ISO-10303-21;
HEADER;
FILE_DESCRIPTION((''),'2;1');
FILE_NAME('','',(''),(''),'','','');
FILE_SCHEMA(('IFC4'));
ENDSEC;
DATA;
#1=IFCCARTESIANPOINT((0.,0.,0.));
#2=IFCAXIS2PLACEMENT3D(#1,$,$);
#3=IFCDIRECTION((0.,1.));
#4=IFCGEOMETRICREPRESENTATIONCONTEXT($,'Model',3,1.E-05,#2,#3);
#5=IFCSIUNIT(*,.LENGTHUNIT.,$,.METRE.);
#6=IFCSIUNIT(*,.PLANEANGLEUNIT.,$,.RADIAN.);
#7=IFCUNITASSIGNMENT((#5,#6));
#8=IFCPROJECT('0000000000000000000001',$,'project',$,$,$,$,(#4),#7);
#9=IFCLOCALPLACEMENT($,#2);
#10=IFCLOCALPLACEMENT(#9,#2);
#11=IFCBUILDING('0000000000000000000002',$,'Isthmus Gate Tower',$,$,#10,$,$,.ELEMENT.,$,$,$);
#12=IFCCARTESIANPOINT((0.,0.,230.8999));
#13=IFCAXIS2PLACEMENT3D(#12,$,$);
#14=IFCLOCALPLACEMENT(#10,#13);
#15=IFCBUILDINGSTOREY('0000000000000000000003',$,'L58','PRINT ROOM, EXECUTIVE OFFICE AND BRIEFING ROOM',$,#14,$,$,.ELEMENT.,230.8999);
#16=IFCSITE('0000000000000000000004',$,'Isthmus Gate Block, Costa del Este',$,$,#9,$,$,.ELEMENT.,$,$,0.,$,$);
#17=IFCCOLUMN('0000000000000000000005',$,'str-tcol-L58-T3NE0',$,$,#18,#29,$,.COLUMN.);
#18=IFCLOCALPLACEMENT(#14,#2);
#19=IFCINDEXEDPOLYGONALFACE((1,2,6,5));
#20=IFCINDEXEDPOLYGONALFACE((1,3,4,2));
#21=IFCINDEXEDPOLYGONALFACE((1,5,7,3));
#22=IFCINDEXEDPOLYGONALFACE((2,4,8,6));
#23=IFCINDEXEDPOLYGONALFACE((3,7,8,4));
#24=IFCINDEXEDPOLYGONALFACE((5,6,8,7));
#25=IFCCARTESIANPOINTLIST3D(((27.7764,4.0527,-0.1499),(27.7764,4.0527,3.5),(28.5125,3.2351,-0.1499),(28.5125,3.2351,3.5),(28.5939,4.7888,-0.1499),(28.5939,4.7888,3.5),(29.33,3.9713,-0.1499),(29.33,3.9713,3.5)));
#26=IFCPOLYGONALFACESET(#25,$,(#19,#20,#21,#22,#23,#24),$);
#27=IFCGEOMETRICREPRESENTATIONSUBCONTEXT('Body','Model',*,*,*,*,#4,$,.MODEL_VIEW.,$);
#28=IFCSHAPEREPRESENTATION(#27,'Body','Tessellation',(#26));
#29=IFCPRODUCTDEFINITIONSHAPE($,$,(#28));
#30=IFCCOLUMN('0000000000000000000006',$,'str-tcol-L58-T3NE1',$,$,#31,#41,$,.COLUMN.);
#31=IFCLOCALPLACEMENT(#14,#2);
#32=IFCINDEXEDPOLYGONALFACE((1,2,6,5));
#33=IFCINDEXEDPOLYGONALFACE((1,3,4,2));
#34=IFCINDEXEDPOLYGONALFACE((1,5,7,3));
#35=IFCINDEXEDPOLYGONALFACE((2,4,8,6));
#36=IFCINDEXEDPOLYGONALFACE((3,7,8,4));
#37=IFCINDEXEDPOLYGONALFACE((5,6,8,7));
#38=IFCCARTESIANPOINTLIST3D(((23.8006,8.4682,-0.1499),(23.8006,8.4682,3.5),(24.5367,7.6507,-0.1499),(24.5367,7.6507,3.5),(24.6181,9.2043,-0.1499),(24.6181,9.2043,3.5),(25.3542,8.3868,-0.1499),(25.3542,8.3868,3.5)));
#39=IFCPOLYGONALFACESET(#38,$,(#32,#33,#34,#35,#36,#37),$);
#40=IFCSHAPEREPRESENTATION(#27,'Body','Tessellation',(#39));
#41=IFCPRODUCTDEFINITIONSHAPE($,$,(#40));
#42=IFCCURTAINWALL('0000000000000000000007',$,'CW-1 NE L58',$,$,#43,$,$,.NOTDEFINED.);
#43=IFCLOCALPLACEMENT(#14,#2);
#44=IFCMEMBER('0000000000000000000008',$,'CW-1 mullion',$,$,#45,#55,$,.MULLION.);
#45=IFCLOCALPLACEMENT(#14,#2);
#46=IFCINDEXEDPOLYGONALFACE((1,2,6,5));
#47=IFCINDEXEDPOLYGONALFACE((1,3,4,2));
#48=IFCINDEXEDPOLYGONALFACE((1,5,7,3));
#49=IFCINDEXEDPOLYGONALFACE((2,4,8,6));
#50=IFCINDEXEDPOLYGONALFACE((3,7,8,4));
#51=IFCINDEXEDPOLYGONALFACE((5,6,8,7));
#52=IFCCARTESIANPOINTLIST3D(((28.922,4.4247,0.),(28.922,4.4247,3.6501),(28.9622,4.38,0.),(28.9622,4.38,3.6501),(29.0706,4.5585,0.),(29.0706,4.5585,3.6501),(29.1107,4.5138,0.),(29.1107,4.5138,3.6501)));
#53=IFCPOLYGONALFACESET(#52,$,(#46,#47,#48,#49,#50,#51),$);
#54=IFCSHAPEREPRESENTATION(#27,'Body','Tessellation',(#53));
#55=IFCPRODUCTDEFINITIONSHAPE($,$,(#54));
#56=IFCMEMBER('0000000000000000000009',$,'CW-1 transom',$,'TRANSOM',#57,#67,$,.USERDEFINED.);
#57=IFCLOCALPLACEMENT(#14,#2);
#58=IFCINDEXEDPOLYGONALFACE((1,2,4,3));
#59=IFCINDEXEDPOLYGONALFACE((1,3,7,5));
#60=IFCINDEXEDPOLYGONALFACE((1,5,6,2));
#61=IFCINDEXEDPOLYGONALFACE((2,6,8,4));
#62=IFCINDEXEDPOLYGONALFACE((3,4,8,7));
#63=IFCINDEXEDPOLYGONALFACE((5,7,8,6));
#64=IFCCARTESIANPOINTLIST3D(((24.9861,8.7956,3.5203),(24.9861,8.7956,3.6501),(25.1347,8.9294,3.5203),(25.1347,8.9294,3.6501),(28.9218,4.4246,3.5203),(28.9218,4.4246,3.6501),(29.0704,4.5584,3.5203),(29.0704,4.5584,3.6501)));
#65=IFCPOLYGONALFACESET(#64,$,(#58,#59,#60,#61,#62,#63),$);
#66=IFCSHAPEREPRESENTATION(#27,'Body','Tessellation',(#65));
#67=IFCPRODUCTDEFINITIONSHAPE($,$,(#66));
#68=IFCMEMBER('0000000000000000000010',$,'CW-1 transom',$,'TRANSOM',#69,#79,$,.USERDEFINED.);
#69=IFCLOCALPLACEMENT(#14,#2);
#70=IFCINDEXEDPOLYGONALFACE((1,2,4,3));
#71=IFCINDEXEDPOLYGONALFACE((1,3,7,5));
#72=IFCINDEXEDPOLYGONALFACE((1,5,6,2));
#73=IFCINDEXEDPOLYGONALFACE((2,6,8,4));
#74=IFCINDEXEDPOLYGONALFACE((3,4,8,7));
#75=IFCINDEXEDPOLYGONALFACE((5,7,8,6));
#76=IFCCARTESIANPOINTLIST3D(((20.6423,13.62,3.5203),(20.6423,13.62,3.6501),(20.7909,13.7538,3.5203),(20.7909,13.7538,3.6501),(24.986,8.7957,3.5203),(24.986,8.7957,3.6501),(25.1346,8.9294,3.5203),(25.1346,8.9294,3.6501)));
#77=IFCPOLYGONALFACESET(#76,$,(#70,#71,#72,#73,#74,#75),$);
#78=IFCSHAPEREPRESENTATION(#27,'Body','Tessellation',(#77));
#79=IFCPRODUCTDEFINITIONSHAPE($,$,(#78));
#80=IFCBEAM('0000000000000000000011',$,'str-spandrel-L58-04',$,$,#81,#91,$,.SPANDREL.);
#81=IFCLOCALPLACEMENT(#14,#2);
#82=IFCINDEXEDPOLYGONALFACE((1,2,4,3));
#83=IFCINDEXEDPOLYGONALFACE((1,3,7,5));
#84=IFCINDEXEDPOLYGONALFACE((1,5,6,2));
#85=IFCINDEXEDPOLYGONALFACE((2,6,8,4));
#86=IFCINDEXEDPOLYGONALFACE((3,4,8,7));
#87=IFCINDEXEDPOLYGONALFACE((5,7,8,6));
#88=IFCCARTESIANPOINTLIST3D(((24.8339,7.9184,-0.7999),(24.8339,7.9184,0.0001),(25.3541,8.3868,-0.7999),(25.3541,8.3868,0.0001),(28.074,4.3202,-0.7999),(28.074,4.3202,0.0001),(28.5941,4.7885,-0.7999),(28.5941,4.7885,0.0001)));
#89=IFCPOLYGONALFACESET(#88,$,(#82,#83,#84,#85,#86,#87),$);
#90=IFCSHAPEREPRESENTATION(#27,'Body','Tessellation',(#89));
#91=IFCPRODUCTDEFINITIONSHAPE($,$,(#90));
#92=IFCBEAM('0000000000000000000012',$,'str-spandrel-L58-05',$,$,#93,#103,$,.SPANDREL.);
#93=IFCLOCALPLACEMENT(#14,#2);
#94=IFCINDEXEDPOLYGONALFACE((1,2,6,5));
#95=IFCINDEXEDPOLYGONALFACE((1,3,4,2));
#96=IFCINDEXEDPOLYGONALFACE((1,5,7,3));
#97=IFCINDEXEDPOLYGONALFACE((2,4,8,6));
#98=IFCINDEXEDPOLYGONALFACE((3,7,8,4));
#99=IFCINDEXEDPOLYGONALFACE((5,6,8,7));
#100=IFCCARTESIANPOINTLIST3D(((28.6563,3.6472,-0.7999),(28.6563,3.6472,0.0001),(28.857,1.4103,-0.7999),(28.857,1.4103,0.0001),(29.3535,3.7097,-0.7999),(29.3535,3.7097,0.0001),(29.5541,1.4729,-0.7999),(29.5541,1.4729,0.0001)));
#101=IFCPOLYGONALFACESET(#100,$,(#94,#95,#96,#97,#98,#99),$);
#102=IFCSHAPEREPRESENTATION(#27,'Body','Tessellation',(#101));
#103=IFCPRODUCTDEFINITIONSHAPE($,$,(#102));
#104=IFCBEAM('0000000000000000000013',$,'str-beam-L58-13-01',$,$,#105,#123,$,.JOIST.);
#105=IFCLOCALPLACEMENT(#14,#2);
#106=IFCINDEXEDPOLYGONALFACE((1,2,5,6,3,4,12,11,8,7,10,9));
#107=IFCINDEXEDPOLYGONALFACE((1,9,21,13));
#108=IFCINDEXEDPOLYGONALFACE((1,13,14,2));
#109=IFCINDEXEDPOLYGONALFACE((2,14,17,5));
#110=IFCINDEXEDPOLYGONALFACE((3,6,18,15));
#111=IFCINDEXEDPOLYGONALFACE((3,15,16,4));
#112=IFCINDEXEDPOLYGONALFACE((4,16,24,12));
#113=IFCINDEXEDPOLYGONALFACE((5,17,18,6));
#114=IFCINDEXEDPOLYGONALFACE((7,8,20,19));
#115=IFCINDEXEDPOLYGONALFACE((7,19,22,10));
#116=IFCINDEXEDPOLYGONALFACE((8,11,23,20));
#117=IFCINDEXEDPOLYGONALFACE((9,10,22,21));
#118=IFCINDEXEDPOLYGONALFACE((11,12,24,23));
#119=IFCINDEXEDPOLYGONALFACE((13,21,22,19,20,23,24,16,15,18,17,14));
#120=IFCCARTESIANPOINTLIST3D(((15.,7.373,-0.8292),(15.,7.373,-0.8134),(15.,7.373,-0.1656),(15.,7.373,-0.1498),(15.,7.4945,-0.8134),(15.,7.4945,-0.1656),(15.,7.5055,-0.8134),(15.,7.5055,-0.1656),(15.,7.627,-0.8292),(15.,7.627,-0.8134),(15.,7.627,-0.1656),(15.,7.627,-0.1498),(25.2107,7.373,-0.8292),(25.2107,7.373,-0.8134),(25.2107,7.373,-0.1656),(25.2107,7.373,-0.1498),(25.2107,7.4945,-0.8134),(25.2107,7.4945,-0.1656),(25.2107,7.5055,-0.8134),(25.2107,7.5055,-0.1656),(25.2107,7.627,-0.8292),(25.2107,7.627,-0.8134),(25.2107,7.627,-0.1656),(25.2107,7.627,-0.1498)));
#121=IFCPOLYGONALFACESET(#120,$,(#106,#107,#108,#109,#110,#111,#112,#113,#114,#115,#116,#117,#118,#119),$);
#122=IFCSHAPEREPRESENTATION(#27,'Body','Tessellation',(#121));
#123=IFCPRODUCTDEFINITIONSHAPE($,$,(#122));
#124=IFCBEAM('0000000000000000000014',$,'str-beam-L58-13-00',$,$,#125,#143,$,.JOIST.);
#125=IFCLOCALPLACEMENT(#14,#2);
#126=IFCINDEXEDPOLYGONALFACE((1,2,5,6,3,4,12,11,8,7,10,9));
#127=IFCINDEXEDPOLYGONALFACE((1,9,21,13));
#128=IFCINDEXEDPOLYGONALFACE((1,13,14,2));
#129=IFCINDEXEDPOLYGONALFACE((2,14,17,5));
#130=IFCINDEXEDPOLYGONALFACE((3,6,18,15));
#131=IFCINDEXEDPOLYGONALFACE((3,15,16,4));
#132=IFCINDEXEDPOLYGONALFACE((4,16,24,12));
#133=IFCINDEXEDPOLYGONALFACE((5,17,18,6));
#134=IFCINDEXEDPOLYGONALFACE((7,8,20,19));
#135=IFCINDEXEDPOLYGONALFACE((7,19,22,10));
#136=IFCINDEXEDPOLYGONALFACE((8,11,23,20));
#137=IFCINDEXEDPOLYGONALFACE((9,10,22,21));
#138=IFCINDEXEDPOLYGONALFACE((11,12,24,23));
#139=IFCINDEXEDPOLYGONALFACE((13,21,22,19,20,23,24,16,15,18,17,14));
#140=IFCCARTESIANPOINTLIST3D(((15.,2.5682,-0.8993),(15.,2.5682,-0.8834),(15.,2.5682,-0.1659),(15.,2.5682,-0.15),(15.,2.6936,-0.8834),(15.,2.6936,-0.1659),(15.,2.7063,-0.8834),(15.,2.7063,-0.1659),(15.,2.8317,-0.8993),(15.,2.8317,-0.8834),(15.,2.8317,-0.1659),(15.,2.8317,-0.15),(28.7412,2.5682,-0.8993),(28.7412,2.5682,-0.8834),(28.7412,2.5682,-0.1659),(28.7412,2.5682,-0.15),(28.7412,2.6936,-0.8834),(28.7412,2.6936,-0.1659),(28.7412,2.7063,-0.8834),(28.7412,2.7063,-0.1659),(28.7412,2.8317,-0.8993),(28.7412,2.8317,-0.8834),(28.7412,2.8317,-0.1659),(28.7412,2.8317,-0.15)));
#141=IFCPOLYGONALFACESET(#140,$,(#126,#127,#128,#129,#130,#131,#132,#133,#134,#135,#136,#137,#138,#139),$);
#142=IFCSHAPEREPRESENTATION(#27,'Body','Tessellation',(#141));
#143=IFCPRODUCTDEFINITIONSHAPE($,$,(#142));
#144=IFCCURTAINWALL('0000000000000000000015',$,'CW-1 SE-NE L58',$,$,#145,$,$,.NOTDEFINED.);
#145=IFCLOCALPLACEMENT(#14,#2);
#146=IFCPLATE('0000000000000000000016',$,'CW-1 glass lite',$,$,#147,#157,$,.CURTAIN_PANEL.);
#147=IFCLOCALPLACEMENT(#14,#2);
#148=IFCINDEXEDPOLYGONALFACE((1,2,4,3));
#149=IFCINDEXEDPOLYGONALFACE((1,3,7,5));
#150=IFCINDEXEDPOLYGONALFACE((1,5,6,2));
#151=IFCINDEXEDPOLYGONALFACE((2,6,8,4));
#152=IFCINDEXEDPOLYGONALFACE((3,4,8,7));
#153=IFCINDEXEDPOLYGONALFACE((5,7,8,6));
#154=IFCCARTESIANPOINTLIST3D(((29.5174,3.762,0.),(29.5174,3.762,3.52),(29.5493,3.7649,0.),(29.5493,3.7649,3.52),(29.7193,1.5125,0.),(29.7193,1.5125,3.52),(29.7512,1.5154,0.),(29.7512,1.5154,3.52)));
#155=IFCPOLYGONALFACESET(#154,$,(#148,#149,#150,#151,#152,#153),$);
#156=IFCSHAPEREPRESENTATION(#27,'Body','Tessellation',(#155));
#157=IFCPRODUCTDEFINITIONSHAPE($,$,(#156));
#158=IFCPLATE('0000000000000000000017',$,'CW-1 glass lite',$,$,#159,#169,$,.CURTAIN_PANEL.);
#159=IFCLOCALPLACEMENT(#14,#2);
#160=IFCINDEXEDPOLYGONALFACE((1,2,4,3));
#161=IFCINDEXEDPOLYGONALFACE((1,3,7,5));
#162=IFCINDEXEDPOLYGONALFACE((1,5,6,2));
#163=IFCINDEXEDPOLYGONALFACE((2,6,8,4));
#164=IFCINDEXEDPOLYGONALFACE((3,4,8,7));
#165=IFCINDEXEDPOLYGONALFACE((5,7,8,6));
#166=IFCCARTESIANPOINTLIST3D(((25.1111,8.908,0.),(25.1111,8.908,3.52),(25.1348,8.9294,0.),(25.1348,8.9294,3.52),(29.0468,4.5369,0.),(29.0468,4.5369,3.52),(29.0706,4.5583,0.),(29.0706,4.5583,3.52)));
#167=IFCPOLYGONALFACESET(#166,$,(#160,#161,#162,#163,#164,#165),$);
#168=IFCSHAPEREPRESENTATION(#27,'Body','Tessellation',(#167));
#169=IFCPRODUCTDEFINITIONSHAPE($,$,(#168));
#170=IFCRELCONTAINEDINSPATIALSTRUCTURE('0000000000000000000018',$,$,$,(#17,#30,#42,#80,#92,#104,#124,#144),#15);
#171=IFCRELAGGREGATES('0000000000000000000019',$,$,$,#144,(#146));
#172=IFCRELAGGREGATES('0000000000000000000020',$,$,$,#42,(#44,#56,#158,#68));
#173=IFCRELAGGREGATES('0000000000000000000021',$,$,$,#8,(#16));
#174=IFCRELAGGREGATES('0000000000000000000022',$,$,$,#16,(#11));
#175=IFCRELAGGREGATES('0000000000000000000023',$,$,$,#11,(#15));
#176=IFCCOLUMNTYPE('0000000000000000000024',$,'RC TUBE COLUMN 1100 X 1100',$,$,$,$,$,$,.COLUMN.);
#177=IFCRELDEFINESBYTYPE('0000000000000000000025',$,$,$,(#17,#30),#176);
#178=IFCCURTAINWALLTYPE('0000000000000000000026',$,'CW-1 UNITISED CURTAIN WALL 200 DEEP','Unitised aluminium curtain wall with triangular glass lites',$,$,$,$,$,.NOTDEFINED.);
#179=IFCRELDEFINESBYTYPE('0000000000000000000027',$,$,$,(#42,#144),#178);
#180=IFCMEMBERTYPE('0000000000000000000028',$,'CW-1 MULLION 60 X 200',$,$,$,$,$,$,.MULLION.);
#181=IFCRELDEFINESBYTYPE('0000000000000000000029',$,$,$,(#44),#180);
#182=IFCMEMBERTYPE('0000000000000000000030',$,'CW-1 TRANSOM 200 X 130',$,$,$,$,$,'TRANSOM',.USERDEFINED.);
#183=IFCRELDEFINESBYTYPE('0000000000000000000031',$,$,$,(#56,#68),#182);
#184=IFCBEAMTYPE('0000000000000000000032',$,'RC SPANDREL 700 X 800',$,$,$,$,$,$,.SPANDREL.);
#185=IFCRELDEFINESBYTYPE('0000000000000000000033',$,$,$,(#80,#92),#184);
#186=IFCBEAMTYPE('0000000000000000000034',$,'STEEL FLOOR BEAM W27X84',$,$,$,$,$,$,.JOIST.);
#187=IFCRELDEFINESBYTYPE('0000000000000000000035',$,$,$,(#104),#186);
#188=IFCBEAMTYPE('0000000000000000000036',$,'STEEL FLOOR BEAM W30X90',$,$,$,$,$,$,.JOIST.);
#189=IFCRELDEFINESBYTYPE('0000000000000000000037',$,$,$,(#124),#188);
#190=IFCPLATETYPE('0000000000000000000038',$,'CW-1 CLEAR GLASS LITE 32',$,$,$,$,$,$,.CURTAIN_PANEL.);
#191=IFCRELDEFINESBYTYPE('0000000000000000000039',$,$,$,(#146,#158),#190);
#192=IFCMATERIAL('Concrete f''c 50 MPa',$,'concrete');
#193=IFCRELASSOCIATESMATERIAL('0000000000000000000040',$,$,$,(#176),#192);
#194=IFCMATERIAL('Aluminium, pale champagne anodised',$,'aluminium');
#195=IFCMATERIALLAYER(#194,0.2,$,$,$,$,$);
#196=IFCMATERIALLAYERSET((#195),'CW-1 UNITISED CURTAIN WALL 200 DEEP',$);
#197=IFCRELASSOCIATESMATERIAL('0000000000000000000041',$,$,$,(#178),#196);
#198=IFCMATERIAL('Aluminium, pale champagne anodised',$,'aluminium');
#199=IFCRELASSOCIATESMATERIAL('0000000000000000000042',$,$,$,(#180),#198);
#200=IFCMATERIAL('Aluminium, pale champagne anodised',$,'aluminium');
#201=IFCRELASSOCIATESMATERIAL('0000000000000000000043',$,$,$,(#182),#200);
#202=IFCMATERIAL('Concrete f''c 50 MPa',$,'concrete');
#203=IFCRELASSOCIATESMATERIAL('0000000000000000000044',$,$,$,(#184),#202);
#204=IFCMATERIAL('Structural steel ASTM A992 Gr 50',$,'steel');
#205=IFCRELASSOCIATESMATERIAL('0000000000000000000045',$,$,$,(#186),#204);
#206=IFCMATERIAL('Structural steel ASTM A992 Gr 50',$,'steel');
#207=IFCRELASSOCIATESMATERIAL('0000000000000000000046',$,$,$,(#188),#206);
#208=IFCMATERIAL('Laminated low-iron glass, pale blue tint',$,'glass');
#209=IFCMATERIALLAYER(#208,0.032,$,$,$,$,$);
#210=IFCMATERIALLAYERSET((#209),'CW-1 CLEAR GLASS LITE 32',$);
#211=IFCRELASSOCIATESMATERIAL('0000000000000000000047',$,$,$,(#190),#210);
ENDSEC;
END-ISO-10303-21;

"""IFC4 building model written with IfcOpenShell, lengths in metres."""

from ifc_helpers import new_model, si_unit, direction, frame, origin, origin_2d, place, context, subcontext, project, spatial, rectangle, i_section, extrude, material, layer, layer_set, material_profile, profile_set, type_object, element, aggregate, save


model = new_model("IFC4")

# Units and contexts
model_context = context("Model", 3, precision=1e-05, world=origin(), true_north=direction((0.0, 1.0)))
body_context = subcontext(model_context, "Body", "Model", "MODEL_VIEW")
ifc_project = project(units=[si_unit("LENGTHUNIT", "METRE"), si_unit("PLANEANGLEUNIT", "RADIAN")], contexts=[model_context])

# Site, building, storey
site_placement = place(None, origin())
site = spatial("IfcSite", under=ifc_project, at=site_placement, Name="Isthmus Gate Block, Costa del Este", CompositionType="ELEMENT", RefElevation=0.0)
building_placement = place(site_placement, origin())
building = spatial("IfcBuilding", under=site, at=building_placement, Name="Isthmus Gate Tower", CompositionType="ELEMENT")
storey_placement = place(building_placement, frame((0.0, 0.0, 230.8999)))
storey = spatial("IfcBuildingStorey", under=building, at=storey_placement, Name="L58", Description="PRINT ROOM, EXECUTIVE OFFICE AND BRIEFING ROOM", CompositionType="ELEMENT", Elevation=230.8999)

# Columns
ifc_material_1 = material(Name="Concrete f'c 50 MPa", Category="concrete")
ifc_material_profile_1 = material_profile(ifc_material_1, rectangle(XDim=1.1001, YDim=1.1001, at=origin_2d()), Name="RC 1100X1100")
ifc_profile_set_1 = profile_set([ifc_material_profile_1], Name="Concrete f'c 50 MPa")
column_type = type_object("IfcColumnType", Name="RC TUBE COLUMN 1100 X 1100", PredefinedType="COLUMN", material=ifc_profile_set_1)
for number, where, z_axis, x_axis, name in (
    (1, (28.5532, 4.012, -0.1499), (0.0, 0.0, 1.0), (-0.669131, 0.743145, 0.0), "str-tcol-L58-T3NE0"),
    (2, (24.5774, 8.4275, -0.1499), (0.0, 0.0, 1.0), (-0.669131, 0.743145, 0.0), "str-tcol-L58-T3NE1"),
):
    element("IfcColumn", number, at=place(storey_placement, frame(where, z_axis=z_axis, x_axis=x_axis)), inside=storey, type_object=column_type, Name=name, PredefinedType="COLUMN", context=body_context, shape_type="SweptSolid", body=[
        extrude(rectangle(XDim=1.1001, YDim=1.1001, at=origin_2d()), origin(), (0.0, 0.0, 1.0), 3.6499),
    ])

# Curtain wall, members
ifc_material_2 = material(Name="Aluminium, pale champagne anodised", Category="aluminium")
ifc_layer_1 = layer(ifc_material_2, 0.2)
ifc_layer_set_1 = layer_set([ifc_layer_1], Name="CW-1 UNITISED CURTAIN WALL 200 DEEP")
curtain_wall_type = type_object("IfcCurtainWallType", Name="CW-1 UNITISED CURTAIN WALL 200 DEEP", Description="Unitised aluminium curtain wall with triangular glass lites", PredefinedType="NOTDEFINED", material=ifc_layer_set_1)
curtain_wall_1_placement = place(storey_placement, origin())
curtain_wall_1 = element("IfcCurtainWall", 3, at=curtain_wall_1_placement, inside=storey, type_object=curtain_wall_type, Name="CW-1 NE L58", PredefinedType="NOTDEFINED")
ifc_material_3 = material(Name="Aluminium, pale champagne anodised", Category="aluminium")
ifc_material_profile_2 = material_profile(ifc_material_3, rectangle(XDim=0.0601, YDim=0.2, at=origin_2d()), Name="60x200")
ifc_profile_set_2 = profile_set([ifc_material_profile_2], Name="Aluminium, pale champagne anodised")
member_type_1 = type_object("IfcMemberType", Name="CW-1 MULLION 60 X 200", PredefinedType="MULLION", material=ifc_profile_set_2)
member_1_placement = place(storey_placement, frame((29.0164, 4.4692, 0.0), z_axis=(0.0, 0.0, 1.0), x_axis=(-0.669131, 0.743145, 0.0)))
member_1 = element("IfcMember", 4, at=member_1_placement, type_object=member_type_1, Name="CW-1 mullion", PredefinedType="MULLION", context=body_context, shape_type="SweptSolid", body=[
    extrude(rectangle(XDim=0.0601, YDim=0.2, at=origin_2d()), origin(), (0.0, 0.0, 1.0), 3.6501),
])
ifc_material_4 = material(Name="Aluminium, pale champagne anodised", Category="aluminium")
ifc_material_profile_3 = material_profile(ifc_material_4, rectangle(XDim=0.2, YDim=0.1299, at=origin_2d()), Name="200x130")
ifc_profile_set_3 = profile_set([ifc_material_profile_3], Name="Aluminium, pale champagne anodised")
member_type_2 = type_object("IfcMemberType", Name="CW-1 TRANSOM 200 X 130", ElementType="TRANSOM", PredefinedType="USERDEFINED", material=ifc_profile_set_3)
member_2_placement = place(storey_placement, frame((28.9961, 4.4915, 3.5852), z_axis=(-0.669134, 0.743141, 0.0), x_axis=(-0.743141, -0.669134, 0.0)))
member_2 = element("IfcMember", 5, at=member_2_placement, type_object=member_type_2, Name="CW-1 transom", ObjectType="TRANSOM", PredefinedType="USERDEFINED", context=body_context, shape_type="SweptSolid", body=[
    extrude(rectangle(XDim=0.2, YDim=0.1299, at=origin_2d()), origin(), (0.0, 0.0, 1.0), 5.8818),
])
member_3_placement = place(storey_placement, frame((25.0603, 8.8625, 3.5852), z_axis=(-0.669112, 0.743161, 0.0), x_axis=(-0.743161, -0.669112, 0.0)))
member_3 = element("IfcMember", 6, at=member_3_placement, type_object=member_type_2, Name="CW-1 transom", ObjectType="TRANSOM", PredefinedType="USERDEFINED", context=body_context, shape_type="SweptSolid", body=[
    extrude(rectangle(XDim=0.2, YDim=0.1299, at=origin_2d()), origin(), (0.0, 0.0, 1.0), 6.4917),
])

# Beams
ifc_material_5 = material(Name="Concrete f'c 50 MPa", Category="concrete")
ifc_material_profile_4 = material_profile(ifc_material_5, rectangle(XDim=0.7, YDim=0.8, at=origin_2d()), Name="RC 700X800")
ifc_profile_set_4 = profile_set([ifc_material_profile_4], Name="Concrete f'c 50 MPa")
beam_type_1 = type_object("IfcBeamType", Name="RC SPANDREL 700 X 800", PredefinedType="SPANDREL", material=ifc_profile_set_4)
beam_1_placement = place(storey_placement, frame((25.094, 8.1526, -0.3999), z_axis=(0.669154, -0.743124, 0.0), x_axis=(0.743124, 0.669154, 0.0)))
element("IfcBeam", 7, at=beam_1_placement, inside=storey, type_object=beam_type_1, Name="str-spandrel-L58-04", PredefinedType="SPANDREL", context=body_context, shape_type="SweptSolid", body=[
    extrude(rectangle(XDim=0.7, YDim=0.8, at=origin_2d()), origin(), (0.0, 0.0, 1.0), 4.842),
])
beam_2_placement = place(storey_placement, frame((29.0049, 3.6785, -0.3999), z_axis=(0.089359, -0.995999, 0.0), x_axis=(0.995999, 0.089359, 0.0)))
element("IfcBeam", 8, at=beam_2_placement, inside=storey, type_object=beam_type_1, Name="str-spandrel-L58-05", PredefinedType="SPANDREL", context=body_context, shape_type="SweptSolid", body=[
    extrude(rectangle(XDim=0.7, YDim=0.8, at=origin_2d()), origin(), (0.0, 0.0, 1.0), 2.2458),
])
ifc_material_6 = material(Name="Structural steel ASTM A992 Gr 50", Category="steel")
ifc_material_profile_5 = material_profile(ifc_material_6, i_section(OverallWidth=0.2539, OverallDepth=0.6794, WebThickness=0.011, FlangeThickness=0.0159, at=origin_2d()), Name="W27X84")
ifc_profile_set_5 = profile_set([ifc_material_profile_5], Name="Structural steel ASTM A992 Gr 50")
beam_type_2 = type_object("IfcBeamType", Name="STEEL FLOOR BEAM W27X84", PredefinedType="JOIST", material=ifc_profile_set_5)
beam_3_placement = place(storey_placement, frame((15.0, 7.5, -0.4895), z_axis=(1.0, 0.0, 0.0), x_axis=(0.0, 1.0, 0.0)))
element("IfcBeam", 9, at=beam_3_placement, inside=storey, type_object=beam_type_2, Name="str-beam-L58-13-01", PredefinedType="JOIST", context=body_context, shape_type="SweptSolid", body=[
    extrude(i_section(OverallWidth=0.2539, OverallDepth=0.6794, WebThickness=0.011, FlangeThickness=0.0159, at=origin_2d()), origin(), (0.0, 0.0, 1.0), 10.2107),
])
ifc_material_7 = material(Name="Structural steel ASTM A992 Gr 50", Category="steel")
ifc_material_profile_6 = material_profile(ifc_material_7, i_section(OverallWidth=0.2634, OverallDepth=0.7493, WebThickness=0.0127, FlangeThickness=0.0159, at=origin_2d()), Name="W30X90")
ifc_profile_set_6 = profile_set([ifc_material_profile_6], Name="Structural steel ASTM A992 Gr 50")
beam_type_3 = type_object("IfcBeamType", Name="STEEL FLOOR BEAM W30X90", PredefinedType="JOIST", material=ifc_profile_set_6)
beam_4_placement = place(storey_placement, frame((15.0, 2.7, -0.5247), z_axis=(1.0, 0.0, 0.0), x_axis=(0.0, 1.0, 0.0)))
element("IfcBeam", 10, at=beam_4_placement, inside=storey, type_object=beam_type_3, Name="str-beam-L58-13-00", PredefinedType="JOIST", context=body_context, shape_type="SweptSolid", body=[
    extrude(i_section(OverallWidth=0.2634, OverallDepth=0.7493, WebThickness=0.0127, FlangeThickness=0.0159, at=origin_2d()), origin(), (0.0, 0.0, 1.0), 13.7412),
])

# Curtain wall, plate
curtain_wall_2_placement = place(storey_placement, origin())
curtain_wall_2 = element("IfcCurtainWall", 11, at=curtain_wall_2_placement, inside=storey, type_object=curtain_wall_type, Name="CW-1 SE-NE L58", PredefinedType="NOTDEFINED")
ifc_material_8 = material(Name="Laminated low-iron glass, pale blue tint", Category="glass")
ifc_layer_2 = layer(ifc_material_8, 0.032)
ifc_layer_set_2 = layer_set([ifc_layer_2], Name="CW-1 CLEAR GLASS LITE 32")
plate_type = type_object("IfcPlateType", Name="CW-1 CLEAR GLASS LITE 32", PredefinedType="CURTAIN_PANEL", material=ifc_layer_set_2)
plate_1_placement = place(storey_placement, frame((29.6343, 2.6387, 0.0), z_axis=(0.0, 0.0, 1.0), x_axis=(-0.089397, 0.995996, 0.0)))
plate_1 = element("IfcPlate", 12, at=plate_1_placement, type_object=plate_type, Name="CW-1 glass lite", PredefinedType="CURTAIN_PANEL", context=body_context, shape_type="SweptSolid", body=[
    extrude(rectangle(XDim=2.2585, YDim=0.032, at=origin_2d()), origin(), (0.0, 0.0, 1.0), 3.52),
])
aggregate(curtain_wall_2, [plate_1])

# Plate
plate_2_placement = place(storey_placement, frame((27.0908, 6.7332, 0.0), z_axis=(0.0, 0.0, 1.0), x_axis=(-0.669131, 0.743145, 0.0)))
plate_2 = element("IfcPlate", 13, at=plate_2_placement, type_object=plate_type, Name="CW-1 glass lite", PredefinedType="CURTAIN_PANEL", context=body_context, shape_type="SweptSolid", body=[
    extrude(rectangle(XDim=5.8818, YDim=0.032, at=origin_2d()), origin(), (0.0, 0.0, 1.0), 3.52),
])
aggregate(curtain_wall_1, [member_1, member_2, plate_2, member_3])

save(model, "model.ifc")
